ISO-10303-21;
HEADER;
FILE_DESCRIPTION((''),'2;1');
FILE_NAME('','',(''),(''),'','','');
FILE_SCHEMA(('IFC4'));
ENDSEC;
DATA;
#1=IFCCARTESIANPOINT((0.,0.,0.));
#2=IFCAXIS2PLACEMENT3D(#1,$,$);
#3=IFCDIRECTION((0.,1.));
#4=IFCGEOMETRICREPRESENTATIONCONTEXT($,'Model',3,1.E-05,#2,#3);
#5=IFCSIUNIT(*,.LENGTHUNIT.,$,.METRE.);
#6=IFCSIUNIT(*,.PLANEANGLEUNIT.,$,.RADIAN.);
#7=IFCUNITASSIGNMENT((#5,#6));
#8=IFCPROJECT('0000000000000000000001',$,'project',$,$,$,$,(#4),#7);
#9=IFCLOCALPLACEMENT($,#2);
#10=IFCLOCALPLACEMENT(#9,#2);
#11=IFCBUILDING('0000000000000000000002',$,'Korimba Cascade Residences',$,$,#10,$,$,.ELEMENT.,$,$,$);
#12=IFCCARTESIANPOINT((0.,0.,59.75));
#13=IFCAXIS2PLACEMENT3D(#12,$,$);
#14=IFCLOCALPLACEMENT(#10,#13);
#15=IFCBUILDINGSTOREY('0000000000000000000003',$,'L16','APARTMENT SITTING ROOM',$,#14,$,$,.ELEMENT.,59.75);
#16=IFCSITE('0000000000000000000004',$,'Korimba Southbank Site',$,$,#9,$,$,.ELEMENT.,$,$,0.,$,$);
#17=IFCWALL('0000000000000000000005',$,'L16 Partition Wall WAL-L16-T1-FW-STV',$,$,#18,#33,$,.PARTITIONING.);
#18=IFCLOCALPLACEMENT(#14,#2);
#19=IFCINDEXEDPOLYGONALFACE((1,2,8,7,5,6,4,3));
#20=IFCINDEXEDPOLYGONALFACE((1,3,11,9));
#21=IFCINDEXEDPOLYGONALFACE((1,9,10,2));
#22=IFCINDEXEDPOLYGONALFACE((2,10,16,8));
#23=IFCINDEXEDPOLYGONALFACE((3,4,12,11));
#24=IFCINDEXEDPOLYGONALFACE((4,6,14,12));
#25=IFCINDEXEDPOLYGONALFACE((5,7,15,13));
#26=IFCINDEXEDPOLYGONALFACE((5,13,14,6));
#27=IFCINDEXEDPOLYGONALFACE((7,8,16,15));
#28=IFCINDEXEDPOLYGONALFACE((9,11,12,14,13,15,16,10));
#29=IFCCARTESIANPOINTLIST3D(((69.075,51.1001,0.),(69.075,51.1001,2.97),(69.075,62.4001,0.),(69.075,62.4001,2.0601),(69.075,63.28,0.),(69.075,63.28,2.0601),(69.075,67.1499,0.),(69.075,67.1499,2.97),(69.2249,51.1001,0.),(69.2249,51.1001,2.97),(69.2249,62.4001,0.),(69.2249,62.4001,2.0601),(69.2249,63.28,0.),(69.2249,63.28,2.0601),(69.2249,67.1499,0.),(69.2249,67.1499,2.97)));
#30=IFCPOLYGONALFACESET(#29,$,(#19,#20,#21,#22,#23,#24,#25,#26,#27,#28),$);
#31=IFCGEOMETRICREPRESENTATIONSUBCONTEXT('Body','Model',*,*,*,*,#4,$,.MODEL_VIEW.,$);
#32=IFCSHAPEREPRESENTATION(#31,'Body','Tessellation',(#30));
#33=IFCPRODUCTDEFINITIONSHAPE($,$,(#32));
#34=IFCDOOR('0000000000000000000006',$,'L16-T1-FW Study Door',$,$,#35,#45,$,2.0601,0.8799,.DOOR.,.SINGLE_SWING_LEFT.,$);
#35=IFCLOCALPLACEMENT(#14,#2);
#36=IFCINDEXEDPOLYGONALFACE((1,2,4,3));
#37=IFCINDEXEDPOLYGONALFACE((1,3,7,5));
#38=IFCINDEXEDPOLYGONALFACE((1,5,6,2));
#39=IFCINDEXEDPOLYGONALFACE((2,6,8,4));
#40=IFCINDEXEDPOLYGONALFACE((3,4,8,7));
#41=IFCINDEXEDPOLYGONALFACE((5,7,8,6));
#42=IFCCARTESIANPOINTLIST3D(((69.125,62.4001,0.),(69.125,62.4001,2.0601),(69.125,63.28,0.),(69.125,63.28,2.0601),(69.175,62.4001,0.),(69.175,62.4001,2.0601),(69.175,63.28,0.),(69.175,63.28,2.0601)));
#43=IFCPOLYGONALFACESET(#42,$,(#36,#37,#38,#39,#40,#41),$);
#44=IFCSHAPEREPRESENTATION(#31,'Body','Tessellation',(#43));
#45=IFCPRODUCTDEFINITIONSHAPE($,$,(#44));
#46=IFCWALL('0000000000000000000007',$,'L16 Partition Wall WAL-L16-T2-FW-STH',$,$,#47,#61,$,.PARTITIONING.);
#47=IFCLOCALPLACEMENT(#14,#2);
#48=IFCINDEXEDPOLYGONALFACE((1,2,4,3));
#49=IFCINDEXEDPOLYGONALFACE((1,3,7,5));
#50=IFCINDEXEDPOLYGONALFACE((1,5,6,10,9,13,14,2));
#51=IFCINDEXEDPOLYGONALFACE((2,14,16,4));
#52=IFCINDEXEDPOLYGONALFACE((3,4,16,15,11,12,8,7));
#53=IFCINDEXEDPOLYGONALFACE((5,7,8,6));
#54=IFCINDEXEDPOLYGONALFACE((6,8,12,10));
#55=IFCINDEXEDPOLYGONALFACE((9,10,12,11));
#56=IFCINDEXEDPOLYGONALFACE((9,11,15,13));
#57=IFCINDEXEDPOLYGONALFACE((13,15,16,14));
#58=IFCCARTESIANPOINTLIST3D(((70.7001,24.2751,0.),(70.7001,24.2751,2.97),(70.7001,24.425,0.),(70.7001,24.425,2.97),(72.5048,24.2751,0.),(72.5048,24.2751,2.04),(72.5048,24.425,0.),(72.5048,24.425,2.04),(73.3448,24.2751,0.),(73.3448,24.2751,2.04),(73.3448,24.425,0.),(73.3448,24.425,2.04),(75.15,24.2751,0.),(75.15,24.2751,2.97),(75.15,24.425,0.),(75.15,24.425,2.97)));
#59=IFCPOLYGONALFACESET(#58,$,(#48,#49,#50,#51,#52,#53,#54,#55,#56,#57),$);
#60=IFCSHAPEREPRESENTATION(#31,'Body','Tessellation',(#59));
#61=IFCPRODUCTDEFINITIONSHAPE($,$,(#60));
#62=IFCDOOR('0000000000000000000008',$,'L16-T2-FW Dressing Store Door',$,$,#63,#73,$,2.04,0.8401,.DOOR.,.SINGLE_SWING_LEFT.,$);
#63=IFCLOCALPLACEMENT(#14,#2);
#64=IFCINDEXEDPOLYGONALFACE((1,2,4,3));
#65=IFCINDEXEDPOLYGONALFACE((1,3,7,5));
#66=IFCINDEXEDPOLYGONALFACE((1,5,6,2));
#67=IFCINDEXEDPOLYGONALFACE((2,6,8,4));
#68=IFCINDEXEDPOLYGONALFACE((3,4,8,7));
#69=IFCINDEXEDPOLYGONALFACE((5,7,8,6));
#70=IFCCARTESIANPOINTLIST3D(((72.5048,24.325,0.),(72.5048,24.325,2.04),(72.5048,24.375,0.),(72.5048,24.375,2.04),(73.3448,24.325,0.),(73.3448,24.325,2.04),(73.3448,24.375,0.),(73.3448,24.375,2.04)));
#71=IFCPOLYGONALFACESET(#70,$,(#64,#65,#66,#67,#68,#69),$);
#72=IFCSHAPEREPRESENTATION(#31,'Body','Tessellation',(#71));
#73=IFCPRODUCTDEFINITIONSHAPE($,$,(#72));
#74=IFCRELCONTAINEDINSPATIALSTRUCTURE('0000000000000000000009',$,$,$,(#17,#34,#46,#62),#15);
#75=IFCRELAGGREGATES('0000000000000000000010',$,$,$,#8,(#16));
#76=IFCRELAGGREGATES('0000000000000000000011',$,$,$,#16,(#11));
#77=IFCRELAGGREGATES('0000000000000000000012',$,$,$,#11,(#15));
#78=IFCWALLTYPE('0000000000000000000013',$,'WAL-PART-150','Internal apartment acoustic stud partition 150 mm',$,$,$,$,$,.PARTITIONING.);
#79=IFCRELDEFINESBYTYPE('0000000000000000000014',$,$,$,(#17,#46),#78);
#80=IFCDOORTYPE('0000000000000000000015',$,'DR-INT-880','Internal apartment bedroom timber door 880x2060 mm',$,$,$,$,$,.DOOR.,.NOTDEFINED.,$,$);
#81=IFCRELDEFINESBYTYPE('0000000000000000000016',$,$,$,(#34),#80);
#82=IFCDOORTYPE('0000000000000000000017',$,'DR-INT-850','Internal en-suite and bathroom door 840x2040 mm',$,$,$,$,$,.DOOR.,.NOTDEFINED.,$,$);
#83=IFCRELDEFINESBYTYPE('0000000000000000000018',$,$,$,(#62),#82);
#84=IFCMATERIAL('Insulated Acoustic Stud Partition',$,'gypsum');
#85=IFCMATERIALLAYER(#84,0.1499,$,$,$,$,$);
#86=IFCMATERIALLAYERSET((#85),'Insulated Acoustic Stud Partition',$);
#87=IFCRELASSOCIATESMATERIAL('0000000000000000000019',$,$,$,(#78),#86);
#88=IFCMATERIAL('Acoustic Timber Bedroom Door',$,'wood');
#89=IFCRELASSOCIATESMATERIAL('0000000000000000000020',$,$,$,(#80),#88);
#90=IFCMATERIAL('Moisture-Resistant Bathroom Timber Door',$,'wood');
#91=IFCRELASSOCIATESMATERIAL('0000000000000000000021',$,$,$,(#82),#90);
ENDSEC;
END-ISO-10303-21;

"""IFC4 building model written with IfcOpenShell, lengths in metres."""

from ifc_helpers import new_model, si_unit, direction, frame, frame_2d, origin, place, context, subcontext, project, spatial, rectangle, extrude, material, layer, layer_set, type_object, element, fill, save


model = new_model("IFC4")

# Units and contexts
model_context = context("Model", 3, precision=1e-05, world=origin(), true_north=direction((0.0, 1.0)))
body_context = subcontext(model_context, "Body", "Model", "MODEL_VIEW")
ifc_project = project(units=[si_unit("LENGTHUNIT", "METRE"), si_unit("PLANEANGLEUNIT", "RADIAN")], contexts=[model_context])

# Site, building, storey
site_placement = place(None, origin())
site = spatial("IfcSite", under=ifc_project, at=site_placement, Name="Korimba Southbank Site", CompositionType="ELEMENT", RefElevation=0.0)
building_placement = place(site_placement, origin())
building = spatial("IfcBuilding", under=site, at=building_placement, Name="Korimba Cascade Residences", CompositionType="ELEMENT")
storey_placement = place(building_placement, frame((0.0, 0.0, 59.75)))
storey = spatial("IfcBuildingStorey", under=building, at=storey_placement, Name="L16", Description="APARTMENT SITTING ROOM", CompositionType="ELEMENT", Elevation=59.75)

# Walls, openings, doors
ifc_material_1 = material(Name="Insulated Acoustic Stud Partition", Category="gypsum")
ifc_layer_1 = layer(ifc_material_1, 0.1499)
ifc_layer_set_1 = layer_set([ifc_layer_1], Name="Insulated Acoustic Stud Partition")
wall_type_1 = type_object("IfcWallType", Name="WAL-PART-150", Description="Internal apartment acoustic stud partition 150 mm", PredefinedType="PARTITIONING", material=ifc_layer_set_1)
wall_1_placement = place(storey_placement, frame((69.1499, 51.1001, 0.0), z_axis=(0.0, 0.0, 1.0), x_axis=(0.0, 1.0, 0.0)))
wall_1 = element("IfcWall", 1, at=wall_1_placement, inside=storey, type_object=wall_type_1, Name="L16 Partition Wall WAL-L16-T1-FW-STV", PredefinedType="PARTITIONING", context=body_context, shape_type="SweptSolid", body=[
    extrude(rectangle(XDim=16.0498, YDim=0.1499, at=frame_2d((8.0249, 0.0))), origin(), (0.0, 0.0, 1.0), 2.97),
])
opening_1_placement = place(wall_1_placement, frame((11.3, 0.0, 0.0)))
opening_1 = element("IfcOpeningElement", 2, at=opening_1_placement, cuts=wall_1, PredefinedType="OPENING", context=body_context, shape_type="SweptSolid", body=[
    extrude(rectangle(XDim=0.8799, YDim=2.0601, at=frame_2d((0.4399, 1.03))), frame((0.0, 0.085, 0.0), z_axis=(0.0, -1.0, 0.0), x_axis=(1.0, 0.0, 0.0)), (0.0, 0.0, 1.0), 0.1699),
])
ifc_material_2 = material(Name="Acoustic Timber Bedroom Door", Category="wood")
door_type_1 = type_object("IfcDoorType", Name="DR-INT-880", Description="Internal apartment bedroom timber door 880x2060 mm", OperationType="NOTDEFINED", PredefinedType="DOOR", material=ifc_material_2)
door_1_placement = place(opening_1_placement, origin())
door_1 = element("IfcDoor", 3, at=door_1_placement, inside=storey, type_object=door_type_1, Name="L16-T1-FW Study Door", OperationType="SINGLE_SWING_LEFT", OverallHeight=2.0601, OverallWidth=0.8799, PredefinedType="DOOR", context=body_context, shape_type="SweptSolid", body=[
    extrude(rectangle(XDim=0.8799, YDim=2.0601, at=frame_2d((0.4399, 1.03))), frame((0.0, 0.0249, 0.0), z_axis=(0.0, -1.0, 0.0), x_axis=(1.0, 0.0, 0.0)), (0.0, 0.0, 1.0), 0.05),
])
fill(opening_1, door_1)
wall_2_placement = place(storey_placement, frame((70.7, 24.3501, 0.0), z_axis=(0.0, 0.0, 1.0), x_axis=(1.0, 0.0, 0.0)))
wall_2 = element("IfcWall", 4, at=wall_2_placement, inside=storey, type_object=wall_type_1, Name="L16 Partition Wall WAL-L16-T2-FW-STH", PredefinedType="PARTITIONING", context=body_context, shape_type="SweptSolid", body=[
    extrude(rectangle(XDim=4.45, YDim=0.1499, at=frame_2d((2.2251, 0.0))), origin(), (0.0, 0.0, 1.0), 2.97),
])
opening_2_placement = place(wall_2_placement, frame((1.8049, 0.0, 0.0)))
opening_2 = element("IfcOpeningElement", 5, at=opening_2_placement, cuts=wall_2, PredefinedType="OPENING", context=body_context, shape_type="SweptSolid", body=[
    extrude(rectangle(XDim=0.8401, YDim=2.04, at=frame_2d((0.4199, 1.02))), frame((0.0, 0.085, 0.0), z_axis=(0.0, -1.0, 0.0), x_axis=(1.0, 0.0, 0.0)), (0.0, 0.0, 1.0), 0.1699),
])
ifc_material_3 = material(Name="Moisture-Resistant Bathroom Timber Door", Category="wood")
door_type_2 = type_object("IfcDoorType", Name="DR-INT-850", Description="Internal en-suite and bathroom door 840x2040 mm", OperationType="NOTDEFINED", PredefinedType="DOOR", material=ifc_material_3)
door_2_placement = place(opening_2_placement, origin())
door_2 = element("IfcDoor", 6, at=door_2_placement, inside=storey, type_object=door_type_2, Name="L16-T2-FW Dressing Store Door", OperationType="SINGLE_SWING_LEFT", OverallHeight=2.04, OverallWidth=0.8401, PredefinedType="DOOR", context=body_context, shape_type="SweptSolid", body=[
    extrude(rectangle(XDim=0.8401, YDim=2.04, at=frame_2d((0.4199, 1.02))), frame((0.0, 0.0249, 0.0), z_axis=(0.0, -1.0, 0.0), x_axis=(1.0, 0.0, 0.0)), (0.0, 0.0, 1.0), 0.05),
])
fill(opening_2, door_2)

save(model, "model.ifc")
